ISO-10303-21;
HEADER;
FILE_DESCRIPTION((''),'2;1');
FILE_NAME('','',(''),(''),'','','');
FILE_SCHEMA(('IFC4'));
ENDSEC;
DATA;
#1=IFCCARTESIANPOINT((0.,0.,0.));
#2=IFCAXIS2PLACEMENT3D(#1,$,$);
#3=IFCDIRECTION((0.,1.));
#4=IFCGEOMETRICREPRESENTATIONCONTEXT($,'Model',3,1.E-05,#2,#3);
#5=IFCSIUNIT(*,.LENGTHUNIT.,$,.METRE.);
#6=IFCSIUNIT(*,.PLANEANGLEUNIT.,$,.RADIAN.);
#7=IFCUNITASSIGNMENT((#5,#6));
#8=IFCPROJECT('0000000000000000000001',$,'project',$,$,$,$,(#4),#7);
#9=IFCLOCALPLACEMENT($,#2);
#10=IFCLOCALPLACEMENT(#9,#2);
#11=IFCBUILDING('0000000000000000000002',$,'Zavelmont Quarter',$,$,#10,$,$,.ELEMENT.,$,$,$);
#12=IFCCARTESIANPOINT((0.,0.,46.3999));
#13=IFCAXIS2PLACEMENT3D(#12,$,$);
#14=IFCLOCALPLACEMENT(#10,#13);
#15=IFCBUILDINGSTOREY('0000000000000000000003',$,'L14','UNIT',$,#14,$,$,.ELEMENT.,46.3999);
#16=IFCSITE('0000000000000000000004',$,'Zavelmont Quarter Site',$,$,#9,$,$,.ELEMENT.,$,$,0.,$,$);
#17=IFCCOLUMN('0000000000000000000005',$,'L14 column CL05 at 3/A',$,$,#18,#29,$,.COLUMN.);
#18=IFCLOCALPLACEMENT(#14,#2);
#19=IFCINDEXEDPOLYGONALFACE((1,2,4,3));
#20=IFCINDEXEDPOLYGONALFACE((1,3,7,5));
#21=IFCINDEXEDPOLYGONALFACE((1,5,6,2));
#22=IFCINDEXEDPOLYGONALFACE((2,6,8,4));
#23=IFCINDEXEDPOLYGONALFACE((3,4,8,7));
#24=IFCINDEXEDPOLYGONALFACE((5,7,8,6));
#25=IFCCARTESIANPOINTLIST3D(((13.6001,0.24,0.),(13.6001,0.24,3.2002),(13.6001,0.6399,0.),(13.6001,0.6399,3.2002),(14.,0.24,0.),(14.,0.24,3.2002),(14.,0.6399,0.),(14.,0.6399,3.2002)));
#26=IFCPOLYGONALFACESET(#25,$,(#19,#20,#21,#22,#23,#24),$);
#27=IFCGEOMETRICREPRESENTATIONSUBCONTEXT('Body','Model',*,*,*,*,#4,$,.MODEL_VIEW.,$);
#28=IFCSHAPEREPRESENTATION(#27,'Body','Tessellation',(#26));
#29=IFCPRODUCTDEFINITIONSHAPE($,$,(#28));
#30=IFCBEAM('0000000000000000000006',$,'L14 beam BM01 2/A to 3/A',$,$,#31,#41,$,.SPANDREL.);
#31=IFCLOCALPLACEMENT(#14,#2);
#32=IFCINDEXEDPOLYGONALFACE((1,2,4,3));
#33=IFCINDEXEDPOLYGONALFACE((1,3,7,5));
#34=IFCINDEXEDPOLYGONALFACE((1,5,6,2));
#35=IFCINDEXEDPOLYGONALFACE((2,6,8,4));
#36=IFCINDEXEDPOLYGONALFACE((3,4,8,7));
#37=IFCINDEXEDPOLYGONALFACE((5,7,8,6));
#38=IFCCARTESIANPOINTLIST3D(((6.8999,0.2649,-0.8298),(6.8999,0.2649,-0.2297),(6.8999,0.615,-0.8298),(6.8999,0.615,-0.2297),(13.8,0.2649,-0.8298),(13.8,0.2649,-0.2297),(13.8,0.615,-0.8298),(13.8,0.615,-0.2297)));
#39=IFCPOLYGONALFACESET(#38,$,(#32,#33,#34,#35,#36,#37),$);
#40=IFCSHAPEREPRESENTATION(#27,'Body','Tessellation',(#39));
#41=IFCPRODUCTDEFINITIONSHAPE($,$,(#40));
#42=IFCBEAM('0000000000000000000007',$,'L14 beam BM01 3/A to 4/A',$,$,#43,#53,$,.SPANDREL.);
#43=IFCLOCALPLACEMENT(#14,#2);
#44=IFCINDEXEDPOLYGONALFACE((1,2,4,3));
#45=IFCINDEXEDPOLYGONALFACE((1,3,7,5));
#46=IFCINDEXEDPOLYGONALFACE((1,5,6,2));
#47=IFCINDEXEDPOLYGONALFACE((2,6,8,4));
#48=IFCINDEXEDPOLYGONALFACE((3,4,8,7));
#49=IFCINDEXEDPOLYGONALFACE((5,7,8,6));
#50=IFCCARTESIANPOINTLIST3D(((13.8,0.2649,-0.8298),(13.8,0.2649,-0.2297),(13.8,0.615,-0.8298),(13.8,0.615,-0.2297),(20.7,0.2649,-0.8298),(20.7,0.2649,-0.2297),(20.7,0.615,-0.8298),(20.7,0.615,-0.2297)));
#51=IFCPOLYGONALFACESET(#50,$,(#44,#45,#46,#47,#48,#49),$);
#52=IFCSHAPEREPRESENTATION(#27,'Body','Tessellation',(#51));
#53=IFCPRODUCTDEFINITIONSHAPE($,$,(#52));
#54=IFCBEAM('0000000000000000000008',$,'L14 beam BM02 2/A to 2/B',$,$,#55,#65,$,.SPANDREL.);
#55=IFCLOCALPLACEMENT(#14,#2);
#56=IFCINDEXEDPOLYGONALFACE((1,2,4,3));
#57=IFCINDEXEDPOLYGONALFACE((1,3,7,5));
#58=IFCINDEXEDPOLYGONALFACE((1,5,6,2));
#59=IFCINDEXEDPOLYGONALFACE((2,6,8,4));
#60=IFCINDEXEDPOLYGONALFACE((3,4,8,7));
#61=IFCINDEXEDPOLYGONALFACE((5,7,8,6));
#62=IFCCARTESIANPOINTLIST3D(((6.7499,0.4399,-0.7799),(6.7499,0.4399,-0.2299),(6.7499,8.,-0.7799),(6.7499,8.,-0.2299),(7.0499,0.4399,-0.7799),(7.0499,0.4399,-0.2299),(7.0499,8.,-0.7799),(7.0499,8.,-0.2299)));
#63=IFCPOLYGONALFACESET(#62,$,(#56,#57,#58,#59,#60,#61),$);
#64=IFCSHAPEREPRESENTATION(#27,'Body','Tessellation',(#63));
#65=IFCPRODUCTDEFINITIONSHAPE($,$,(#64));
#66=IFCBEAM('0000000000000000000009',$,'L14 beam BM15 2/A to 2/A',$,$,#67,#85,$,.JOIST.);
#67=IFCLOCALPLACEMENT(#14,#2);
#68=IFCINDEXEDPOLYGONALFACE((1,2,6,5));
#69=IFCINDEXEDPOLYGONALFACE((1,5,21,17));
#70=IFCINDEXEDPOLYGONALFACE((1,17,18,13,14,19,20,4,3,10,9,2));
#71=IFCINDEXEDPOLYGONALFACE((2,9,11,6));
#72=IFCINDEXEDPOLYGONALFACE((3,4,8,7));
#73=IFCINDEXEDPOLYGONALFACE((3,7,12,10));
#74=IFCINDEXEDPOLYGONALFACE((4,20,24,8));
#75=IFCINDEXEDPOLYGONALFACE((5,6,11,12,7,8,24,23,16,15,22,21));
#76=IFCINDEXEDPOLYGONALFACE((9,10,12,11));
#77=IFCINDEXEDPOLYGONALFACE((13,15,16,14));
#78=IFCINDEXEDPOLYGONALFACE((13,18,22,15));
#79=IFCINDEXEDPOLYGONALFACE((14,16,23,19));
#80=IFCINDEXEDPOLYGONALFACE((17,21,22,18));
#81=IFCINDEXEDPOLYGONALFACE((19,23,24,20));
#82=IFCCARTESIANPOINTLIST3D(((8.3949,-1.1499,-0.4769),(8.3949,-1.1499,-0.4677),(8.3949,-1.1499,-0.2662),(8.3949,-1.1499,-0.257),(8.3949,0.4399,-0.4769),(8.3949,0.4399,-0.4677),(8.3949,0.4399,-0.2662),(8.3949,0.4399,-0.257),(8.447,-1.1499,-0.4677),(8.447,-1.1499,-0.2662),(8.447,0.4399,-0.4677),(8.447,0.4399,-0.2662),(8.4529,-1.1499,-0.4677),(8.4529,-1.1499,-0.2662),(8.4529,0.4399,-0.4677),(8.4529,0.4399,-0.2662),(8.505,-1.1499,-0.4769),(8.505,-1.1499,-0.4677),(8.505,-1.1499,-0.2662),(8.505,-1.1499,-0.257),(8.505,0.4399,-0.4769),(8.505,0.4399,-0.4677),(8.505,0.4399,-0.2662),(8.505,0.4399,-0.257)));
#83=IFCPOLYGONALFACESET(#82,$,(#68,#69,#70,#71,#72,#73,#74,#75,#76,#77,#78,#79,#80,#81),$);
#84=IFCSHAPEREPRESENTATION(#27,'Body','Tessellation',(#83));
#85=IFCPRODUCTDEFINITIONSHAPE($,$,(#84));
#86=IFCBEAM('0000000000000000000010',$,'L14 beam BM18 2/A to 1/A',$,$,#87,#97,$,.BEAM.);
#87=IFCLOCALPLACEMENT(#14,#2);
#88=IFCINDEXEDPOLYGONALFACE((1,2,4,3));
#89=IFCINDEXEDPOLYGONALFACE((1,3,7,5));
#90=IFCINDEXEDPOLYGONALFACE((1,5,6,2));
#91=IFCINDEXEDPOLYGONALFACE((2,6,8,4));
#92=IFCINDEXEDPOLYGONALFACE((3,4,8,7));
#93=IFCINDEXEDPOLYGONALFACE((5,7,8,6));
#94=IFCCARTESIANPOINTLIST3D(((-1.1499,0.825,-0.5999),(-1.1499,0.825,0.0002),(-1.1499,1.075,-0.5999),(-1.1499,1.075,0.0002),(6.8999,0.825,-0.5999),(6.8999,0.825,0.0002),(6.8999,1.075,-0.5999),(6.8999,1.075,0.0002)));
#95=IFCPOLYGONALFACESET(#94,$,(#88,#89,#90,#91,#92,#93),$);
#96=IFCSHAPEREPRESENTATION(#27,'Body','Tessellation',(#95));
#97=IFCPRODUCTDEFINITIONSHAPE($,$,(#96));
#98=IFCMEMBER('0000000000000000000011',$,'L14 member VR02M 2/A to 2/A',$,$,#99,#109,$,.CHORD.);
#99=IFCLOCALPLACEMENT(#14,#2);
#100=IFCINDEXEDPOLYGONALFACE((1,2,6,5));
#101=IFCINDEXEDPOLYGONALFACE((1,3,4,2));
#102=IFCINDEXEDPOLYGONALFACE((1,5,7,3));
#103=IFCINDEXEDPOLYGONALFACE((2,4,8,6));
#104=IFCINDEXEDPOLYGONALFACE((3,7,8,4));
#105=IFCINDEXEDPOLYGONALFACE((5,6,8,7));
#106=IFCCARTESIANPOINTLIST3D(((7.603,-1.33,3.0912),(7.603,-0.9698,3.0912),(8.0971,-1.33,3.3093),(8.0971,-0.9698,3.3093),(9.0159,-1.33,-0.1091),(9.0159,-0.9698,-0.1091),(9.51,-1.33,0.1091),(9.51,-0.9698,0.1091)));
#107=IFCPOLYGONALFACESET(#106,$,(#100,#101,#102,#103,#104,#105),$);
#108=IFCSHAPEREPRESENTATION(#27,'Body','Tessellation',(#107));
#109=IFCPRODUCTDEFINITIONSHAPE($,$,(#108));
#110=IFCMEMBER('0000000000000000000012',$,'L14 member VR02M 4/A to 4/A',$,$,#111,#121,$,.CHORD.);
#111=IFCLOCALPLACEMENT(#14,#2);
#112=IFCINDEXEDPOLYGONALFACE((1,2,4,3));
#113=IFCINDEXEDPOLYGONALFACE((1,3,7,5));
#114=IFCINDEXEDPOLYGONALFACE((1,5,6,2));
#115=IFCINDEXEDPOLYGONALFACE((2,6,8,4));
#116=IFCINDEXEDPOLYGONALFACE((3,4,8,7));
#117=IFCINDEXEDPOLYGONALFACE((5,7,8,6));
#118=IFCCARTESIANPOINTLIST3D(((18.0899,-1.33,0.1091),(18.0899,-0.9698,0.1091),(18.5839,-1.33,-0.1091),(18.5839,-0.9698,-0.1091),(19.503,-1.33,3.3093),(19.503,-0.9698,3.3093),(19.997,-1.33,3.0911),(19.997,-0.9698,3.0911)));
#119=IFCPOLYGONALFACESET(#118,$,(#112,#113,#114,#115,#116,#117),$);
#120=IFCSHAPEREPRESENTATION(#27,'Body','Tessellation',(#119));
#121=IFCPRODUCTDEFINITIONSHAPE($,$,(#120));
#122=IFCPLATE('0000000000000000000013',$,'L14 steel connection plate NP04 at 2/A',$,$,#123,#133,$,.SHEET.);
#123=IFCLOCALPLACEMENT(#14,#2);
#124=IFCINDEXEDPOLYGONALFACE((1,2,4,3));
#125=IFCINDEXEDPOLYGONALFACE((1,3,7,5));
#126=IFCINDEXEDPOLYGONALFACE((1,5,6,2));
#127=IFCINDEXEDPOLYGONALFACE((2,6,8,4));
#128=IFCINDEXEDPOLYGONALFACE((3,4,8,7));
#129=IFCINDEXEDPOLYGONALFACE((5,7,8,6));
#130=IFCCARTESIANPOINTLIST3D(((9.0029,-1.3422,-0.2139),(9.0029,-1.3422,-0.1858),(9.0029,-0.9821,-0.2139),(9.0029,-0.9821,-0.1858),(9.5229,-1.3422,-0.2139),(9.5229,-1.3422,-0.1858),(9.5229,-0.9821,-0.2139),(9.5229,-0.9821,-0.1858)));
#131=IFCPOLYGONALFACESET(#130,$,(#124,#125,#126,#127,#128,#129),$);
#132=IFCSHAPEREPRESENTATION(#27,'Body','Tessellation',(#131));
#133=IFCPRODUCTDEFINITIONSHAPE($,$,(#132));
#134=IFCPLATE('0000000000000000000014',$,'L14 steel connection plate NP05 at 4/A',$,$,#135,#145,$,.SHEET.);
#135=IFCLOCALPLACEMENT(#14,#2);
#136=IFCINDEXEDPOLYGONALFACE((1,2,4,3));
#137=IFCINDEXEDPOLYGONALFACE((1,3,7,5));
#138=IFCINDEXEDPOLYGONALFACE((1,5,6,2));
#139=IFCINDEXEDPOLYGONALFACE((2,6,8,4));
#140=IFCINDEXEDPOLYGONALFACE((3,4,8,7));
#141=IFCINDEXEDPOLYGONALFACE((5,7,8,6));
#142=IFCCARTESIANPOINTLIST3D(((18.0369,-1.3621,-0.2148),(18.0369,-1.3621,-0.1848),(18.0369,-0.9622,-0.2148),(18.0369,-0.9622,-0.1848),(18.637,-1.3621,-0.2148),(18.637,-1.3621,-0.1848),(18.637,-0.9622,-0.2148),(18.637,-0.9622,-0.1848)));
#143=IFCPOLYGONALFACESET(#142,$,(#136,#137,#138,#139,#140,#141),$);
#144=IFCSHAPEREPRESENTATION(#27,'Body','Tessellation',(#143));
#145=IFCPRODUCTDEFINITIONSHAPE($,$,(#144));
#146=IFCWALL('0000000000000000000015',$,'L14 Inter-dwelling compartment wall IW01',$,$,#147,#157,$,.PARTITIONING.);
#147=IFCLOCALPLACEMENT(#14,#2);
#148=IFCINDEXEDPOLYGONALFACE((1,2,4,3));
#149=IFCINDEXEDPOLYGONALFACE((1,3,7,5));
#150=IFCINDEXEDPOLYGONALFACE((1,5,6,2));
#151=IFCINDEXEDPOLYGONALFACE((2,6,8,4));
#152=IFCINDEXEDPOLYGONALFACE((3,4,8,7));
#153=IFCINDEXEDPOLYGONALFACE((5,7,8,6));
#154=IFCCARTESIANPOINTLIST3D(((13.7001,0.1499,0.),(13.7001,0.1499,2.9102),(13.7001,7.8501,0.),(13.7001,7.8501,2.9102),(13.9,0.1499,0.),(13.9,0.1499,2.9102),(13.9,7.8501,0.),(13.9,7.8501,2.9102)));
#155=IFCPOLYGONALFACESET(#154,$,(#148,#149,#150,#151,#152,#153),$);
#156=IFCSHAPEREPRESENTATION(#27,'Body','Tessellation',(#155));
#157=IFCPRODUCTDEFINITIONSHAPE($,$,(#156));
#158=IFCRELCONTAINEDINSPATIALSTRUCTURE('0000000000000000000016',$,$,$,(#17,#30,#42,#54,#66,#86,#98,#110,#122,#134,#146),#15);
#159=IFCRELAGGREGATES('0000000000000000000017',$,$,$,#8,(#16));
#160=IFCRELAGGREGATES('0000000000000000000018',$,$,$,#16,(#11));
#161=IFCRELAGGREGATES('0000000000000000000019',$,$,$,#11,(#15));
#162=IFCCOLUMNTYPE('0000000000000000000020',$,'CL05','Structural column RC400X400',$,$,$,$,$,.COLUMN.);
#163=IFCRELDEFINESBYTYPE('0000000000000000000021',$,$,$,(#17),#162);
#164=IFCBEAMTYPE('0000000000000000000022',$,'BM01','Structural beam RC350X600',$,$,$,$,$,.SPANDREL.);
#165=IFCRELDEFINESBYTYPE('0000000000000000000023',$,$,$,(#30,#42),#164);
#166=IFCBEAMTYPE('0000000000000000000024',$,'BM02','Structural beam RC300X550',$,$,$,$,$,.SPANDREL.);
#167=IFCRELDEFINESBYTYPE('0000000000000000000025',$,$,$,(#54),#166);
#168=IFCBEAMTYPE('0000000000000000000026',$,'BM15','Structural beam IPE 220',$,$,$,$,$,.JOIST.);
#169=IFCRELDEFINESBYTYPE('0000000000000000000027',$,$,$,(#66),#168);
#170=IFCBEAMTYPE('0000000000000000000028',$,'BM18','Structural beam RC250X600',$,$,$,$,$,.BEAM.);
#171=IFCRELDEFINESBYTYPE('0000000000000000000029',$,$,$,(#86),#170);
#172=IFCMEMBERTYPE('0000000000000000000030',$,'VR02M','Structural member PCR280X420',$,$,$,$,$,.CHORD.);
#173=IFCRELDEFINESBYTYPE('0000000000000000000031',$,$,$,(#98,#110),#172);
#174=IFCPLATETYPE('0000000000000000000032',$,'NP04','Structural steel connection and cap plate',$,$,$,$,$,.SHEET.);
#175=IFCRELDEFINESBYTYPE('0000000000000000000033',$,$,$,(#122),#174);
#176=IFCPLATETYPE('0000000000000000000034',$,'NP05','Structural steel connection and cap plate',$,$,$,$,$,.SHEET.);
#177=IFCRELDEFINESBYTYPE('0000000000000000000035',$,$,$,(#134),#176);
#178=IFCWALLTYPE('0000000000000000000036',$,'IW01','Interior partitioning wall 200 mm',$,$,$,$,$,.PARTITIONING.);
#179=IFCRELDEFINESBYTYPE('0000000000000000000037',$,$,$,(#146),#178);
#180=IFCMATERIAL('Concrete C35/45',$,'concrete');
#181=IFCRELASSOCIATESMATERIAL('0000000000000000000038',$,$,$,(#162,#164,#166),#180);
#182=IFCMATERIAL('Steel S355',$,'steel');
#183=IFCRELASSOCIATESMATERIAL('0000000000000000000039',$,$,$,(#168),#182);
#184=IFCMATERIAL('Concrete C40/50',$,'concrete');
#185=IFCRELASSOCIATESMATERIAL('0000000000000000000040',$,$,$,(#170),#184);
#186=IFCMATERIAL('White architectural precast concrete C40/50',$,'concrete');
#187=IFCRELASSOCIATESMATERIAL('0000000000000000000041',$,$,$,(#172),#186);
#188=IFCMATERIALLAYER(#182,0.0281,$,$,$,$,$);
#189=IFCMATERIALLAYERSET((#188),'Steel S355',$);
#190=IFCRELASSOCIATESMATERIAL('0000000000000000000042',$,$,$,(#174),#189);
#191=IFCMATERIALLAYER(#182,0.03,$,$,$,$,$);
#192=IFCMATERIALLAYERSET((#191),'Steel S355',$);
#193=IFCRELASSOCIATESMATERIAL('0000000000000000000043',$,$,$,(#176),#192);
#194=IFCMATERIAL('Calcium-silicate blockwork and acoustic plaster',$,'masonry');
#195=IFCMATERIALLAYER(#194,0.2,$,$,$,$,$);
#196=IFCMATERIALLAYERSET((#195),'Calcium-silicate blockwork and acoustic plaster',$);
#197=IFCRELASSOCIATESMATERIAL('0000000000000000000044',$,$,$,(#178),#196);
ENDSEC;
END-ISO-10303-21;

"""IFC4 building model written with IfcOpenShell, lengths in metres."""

from ifc_helpers import new_model, si_unit, direction, frame, frame_2d, origin, origin_2d, place, context, subcontext, project, spatial, rectangle, i_section, extrude, material, layer, layer_set, material_profile, profile_set, type_object, element, save


model = new_model("IFC4")

# Units and contexts
model_context = context("Model", 3, precision=1e-05, world=origin(), true_north=direction((0.0, 1.0)))
body_context = subcontext(model_context, "Body", "Model", "MODEL_VIEW")
ifc_project = project(units=[si_unit("LENGTHUNIT", "METRE"), si_unit("PLANEANGLEUNIT", "RADIAN")], contexts=[model_context])

# Site, building, storey
site_placement = place(None, origin())
site = spatial("IfcSite", under=ifc_project, at=site_placement, Name="Zavelmont Quarter Site", CompositionType="ELEMENT", RefElevation=0.0)
building_placement = place(site_placement, origin())
building = spatial("IfcBuilding", under=site, at=building_placement, Name="Zavelmont Quarter", CompositionType="ELEMENT")
storey_placement = place(building_placement, frame((0.0, 0.0, 46.3999)))
storey = spatial("IfcBuildingStorey", under=building, at=storey_placement, Name="L14", Description="UNIT", CompositionType="ELEMENT", Elevation=46.3999)

# Column
ifc_material_1 = material(Name="Concrete C35/45", Category="concrete")
ifc_material_profile_1 = material_profile(ifc_material_1, rectangle(XDim=0.3999, YDim=0.3999, at=origin_2d()), Name="RC400X400")
ifc_profile_set_1 = profile_set([ifc_material_profile_1], Name="Concrete C35/45")
column_type = type_object("IfcColumnType", Name="CL05", Description="Structural column RC400X400", PredefinedType="COLUMN", material=ifc_profile_set_1)
column_placement = place(storey_placement, frame((13.8, 0.4399, 0.0), z_axis=(0.0, 0.0, 1.0), x_axis=(1.0, 0.0, 0.0)))
element("IfcColumn", 1, at=column_placement, inside=storey, type_object=column_type, Name="L14 column CL05 at 3/A", PredefinedType="COLUMN", context=body_context, shape_type="SweptSolid", body=[
    extrude(rectangle(XDim=0.3999, YDim=0.3999, at=origin_2d()), origin(), (0.0, 0.0, 1.0), 3.2002),
])

# Beams
ifc_material_profile_2 = material_profile(ifc_material_1, rectangle(XDim=0.3501, YDim=0.6001, at=origin_2d()), Name="RC350X600")
ifc_profile_set_2 = profile_set([ifc_material_profile_2], Name="Concrete C35/45")
beam_type_1 = type_object("IfcBeamType", Name="BM01", Description="Structural beam RC350X600", PredefinedType="SPANDREL", material=ifc_profile_set_2)
beam_1_placement = place(storey_placement, frame((6.8999, 0.4399, -0.5298), z_axis=(1.0, 0.0, 0.0), x_axis=(0.0, 1.0, 0.0)))
element("IfcBeam", 2, at=beam_1_placement, inside=storey, type_object=beam_type_1, Name="L14 beam BM01 2/A to 3/A", PredefinedType="SPANDREL", context=body_context, shape_type="SweptSolid", body=[
    extrude(rectangle(XDim=0.3501, YDim=0.6001, at=origin_2d()), origin(), (0.0, 0.0, 1.0), 6.9001),
])
beam_2_placement = place(storey_placement, frame((13.8, 0.4399, -0.5298), z_axis=(1.0, 0.0, 0.0), x_axis=(0.0, 1.0, 0.0)))
element("IfcBeam", 3, at=beam_2_placement, inside=storey, type_object=beam_type_1, Name="L14 beam BM01 3/A to 4/A", PredefinedType="SPANDREL", context=body_context, shape_type="SweptSolid", body=[
    extrude(rectangle(XDim=0.3501, YDim=0.6001, at=origin_2d()), origin(), (0.0, 0.0, 1.0), 6.8999),
])
ifc_material_profile_3 = material_profile(ifc_material_1, rectangle(XDim=0.3, YDim=0.55, at=origin_2d()), Name="RC300X550")
ifc_profile_set_3 = profile_set([ifc_material_profile_3], Name="Concrete C35/45")
beam_type_2 = type_object("IfcBeamType", Name="BM02", Description="Structural beam RC300X550", PredefinedType="SPANDREL", material=ifc_profile_set_3)
beam_3_placement = place(storey_placement, frame((6.8999, 0.4399, -0.5049), z_axis=(0.0, 1.0, 0.0), x_axis=(-1.0, 0.0, 0.0)))
element("IfcBeam", 4, at=beam_3_placement, inside=storey, type_object=beam_type_2, Name="L14 beam BM02 2/A to 2/B", PredefinedType="SPANDREL", context=body_context, shape_type="SweptSolid", body=[
    extrude(rectangle(XDim=0.3, YDim=0.55, at=origin_2d()), origin(), (0.0, 0.0, 1.0), 7.5601),
])
ifc_material_2 = material(Name="Steel S355", Category="steel")
ifc_material_profile_4 = material_profile(ifc_material_2, i_section(OverallWidth=0.1101, OverallDepth=0.22, WebThickness=0.0059, FlangeThickness=0.0093, at=origin_2d()), Name="IPE 220")
ifc_profile_set_4 = profile_set([ifc_material_profile_4], Name="Steel S355")
beam_type_3 = type_object("IfcBeamType", Name="BM15", Description="Structural beam IPE 220", PredefinedType="JOIST", material=ifc_profile_set_4)
beam_4_placement = place(storey_placement, frame((8.45, 0.4399, -0.3669), z_axis=(0.0, -1.0, 0.0), x_axis=(1.0, 0.0, 0.0)))
element("IfcBeam", 5, at=beam_4_placement, inside=storey, type_object=beam_type_3, Name="L14 beam BM15 2/A to 2/A", PredefinedType="JOIST", context=body_context, shape_type="SweptSolid", body=[
    extrude(i_section(OverallWidth=0.1101, OverallDepth=0.22, WebThickness=0.0059, FlangeThickness=0.0093, at=origin_2d()), origin(), (0.0, 0.0, 1.0), 1.5898),
])
ifc_material_3 = material(Name="Concrete C40/50", Category="concrete")
ifc_material_profile_5 = material_profile(ifc_material_3, rectangle(XDim=0.25, YDim=0.6001, at=origin_2d()), Name="RC250X600")
ifc_profile_set_5 = profile_set([ifc_material_profile_5], Name="Concrete C40/50")
beam_type_4 = type_object("IfcBeamType", Name="BM18", Description="Structural beam RC250X600", PredefinedType="BEAM", material=ifc_profile_set_5)
beam_5_placement = place(storey_placement, frame((6.8999, 0.95, -0.2998), z_axis=(-1.0, 0.0, 0.0), x_axis=(0.0, -1.0, 0.0)))
element("IfcBeam", 6, at=beam_5_placement, inside=storey, type_object=beam_type_4, Name="L14 beam BM18 2/A to 1/A", PredefinedType="BEAM", context=body_context, shape_type="SweptSolid", body=[
    extrude(rectangle(XDim=0.25, YDim=0.6001, at=origin_2d()), origin(), (0.0, 0.0, 1.0), 8.0498),
])

# Members
ifc_material_4 = material(Name="White architectural precast concrete C40/50", Category="concrete")
ifc_material_profile_6 = material_profile(ifc_material_4, rectangle(XDim=0.3601, YDim=0.54, at=origin_2d()), Name="PCR280X420")
ifc_profile_set_6 = profile_set([ifc_material_profile_6], Name="White architectural precast concrete C40/50")
member_type = type_object("IfcMemberType", Name="VR02M", Description="Structural member PCR280X420", PredefinedType="CHORD", material=ifc_profile_set_6)
for number, where, z_axis, x_axis, name in (
    (7, (9.2629, -1.1499, 0.0), (-0.403877, 0.0, 0.914813), (0.0, -1.0, 0.0), "L14 member VR02M 2/A to 2/A"),
    (8, (18.3369, -1.1499, 0.0), (0.403936, 0.0, 0.914787), (0.0, 1.0, 0.0), "L14 member VR02M 4/A to 4/A"),
):
    element("IfcMember", number, at=place(storey_placement, frame(where, z_axis=z_axis, x_axis=x_axis)), inside=storey, type_object=member_type, Name=name, PredefinedType="CHORD", context=body_context, shape_type="SweptSolid", body=[
        extrude(rectangle(XDim=0.3601, YDim=0.54, at=origin_2d()), origin(), (0.0, 0.0, 1.0), 3.4983),
    ])

# Plates
ifc_layer_1 = layer(ifc_material_2, 0.0281)
ifc_layer_set_1 = layer_set([ifc_layer_1], Name="Steel S355")
plate_type_1 = type_object("IfcPlateType", Name="NP04", Description="Structural steel connection and cap plate", PredefinedType="SHEET", material=ifc_layer_set_1)
plate_1_placement = place(storey_placement, frame((9.2629, -1.1621, -0.2139), z_axis=(0.0, 0.0, 1.0), x_axis=(1.0, 0.0, 0.0)))
element("IfcPlate", 9, at=plate_1_placement, inside=storey, type_object=plate_type_1, Name="L14 steel connection plate NP04 at 2/A", PredefinedType="SHEET", context=body_context, shape_type="SweptSolid", body=[
    extrude(rectangle(XDim=0.52, YDim=0.3601, at=origin_2d()), origin(), (0.0, 0.0, 1.0), 0.0281),
])
ifc_layer_2 = layer(ifc_material_2, 0.03)
ifc_layer_set_2 = layer_set([ifc_layer_2], Name="Steel S355")
plate_type_2 = type_object("IfcPlateType", Name="NP05", Description="Structural steel connection and cap plate", PredefinedType="SHEET", material=ifc_layer_set_2)
plate_2_placement = place(storey_placement, frame((18.3369, -1.1621, -0.2148), z_axis=(0.0, 0.0, 1.0), x_axis=(1.0, 0.0, 0.0)))
element("IfcPlate", 10, at=plate_2_placement, inside=storey, type_object=plate_type_2, Name="L14 steel connection plate NP05 at 4/A", PredefinedType="SHEET", context=body_context, shape_type="SweptSolid", body=[
    extrude(rectangle(XDim=0.6001, YDim=0.3999, at=origin_2d()), origin(), (0.0, 0.0, 1.0), 0.03),
])

# Wall
ifc_material_5 = material(Name="Calcium-silicate blockwork and acoustic plaster", Category="masonry")
ifc_layer_3 = layer(ifc_material_5, 0.2)
ifc_layer_set_3 = layer_set([ifc_layer_3], Name="Calcium-silicate blockwork and acoustic plaster")
wall_type_1 = type_object("IfcWallType", Name="IW01", Description="Interior partitioning wall 200 mm", PredefinedType="PARTITIONING", material=ifc_layer_set_3)
wall_1_placement = place(storey_placement, frame((13.8, 7.8501, 0.0), z_axis=(0.0, 0.0, 1.0), x_axis=(0.0, -1.0, 0.0)))
element("IfcWall", 11, at=wall_1_placement, inside=storey, type_object=wall_type_1, Name="L14 Inter-dwelling compartment wall IW01", PredefinedType="PARTITIONING", context=body_context, shape_type="SweptSolid", body=[
    extrude(rectangle(XDim=7.7002, YDim=0.2, at=frame_2d((3.8501, 0.0))), origin(), (0.0, 0.0, 1.0), 2.9102),
])

save(model, "model.ifc")
